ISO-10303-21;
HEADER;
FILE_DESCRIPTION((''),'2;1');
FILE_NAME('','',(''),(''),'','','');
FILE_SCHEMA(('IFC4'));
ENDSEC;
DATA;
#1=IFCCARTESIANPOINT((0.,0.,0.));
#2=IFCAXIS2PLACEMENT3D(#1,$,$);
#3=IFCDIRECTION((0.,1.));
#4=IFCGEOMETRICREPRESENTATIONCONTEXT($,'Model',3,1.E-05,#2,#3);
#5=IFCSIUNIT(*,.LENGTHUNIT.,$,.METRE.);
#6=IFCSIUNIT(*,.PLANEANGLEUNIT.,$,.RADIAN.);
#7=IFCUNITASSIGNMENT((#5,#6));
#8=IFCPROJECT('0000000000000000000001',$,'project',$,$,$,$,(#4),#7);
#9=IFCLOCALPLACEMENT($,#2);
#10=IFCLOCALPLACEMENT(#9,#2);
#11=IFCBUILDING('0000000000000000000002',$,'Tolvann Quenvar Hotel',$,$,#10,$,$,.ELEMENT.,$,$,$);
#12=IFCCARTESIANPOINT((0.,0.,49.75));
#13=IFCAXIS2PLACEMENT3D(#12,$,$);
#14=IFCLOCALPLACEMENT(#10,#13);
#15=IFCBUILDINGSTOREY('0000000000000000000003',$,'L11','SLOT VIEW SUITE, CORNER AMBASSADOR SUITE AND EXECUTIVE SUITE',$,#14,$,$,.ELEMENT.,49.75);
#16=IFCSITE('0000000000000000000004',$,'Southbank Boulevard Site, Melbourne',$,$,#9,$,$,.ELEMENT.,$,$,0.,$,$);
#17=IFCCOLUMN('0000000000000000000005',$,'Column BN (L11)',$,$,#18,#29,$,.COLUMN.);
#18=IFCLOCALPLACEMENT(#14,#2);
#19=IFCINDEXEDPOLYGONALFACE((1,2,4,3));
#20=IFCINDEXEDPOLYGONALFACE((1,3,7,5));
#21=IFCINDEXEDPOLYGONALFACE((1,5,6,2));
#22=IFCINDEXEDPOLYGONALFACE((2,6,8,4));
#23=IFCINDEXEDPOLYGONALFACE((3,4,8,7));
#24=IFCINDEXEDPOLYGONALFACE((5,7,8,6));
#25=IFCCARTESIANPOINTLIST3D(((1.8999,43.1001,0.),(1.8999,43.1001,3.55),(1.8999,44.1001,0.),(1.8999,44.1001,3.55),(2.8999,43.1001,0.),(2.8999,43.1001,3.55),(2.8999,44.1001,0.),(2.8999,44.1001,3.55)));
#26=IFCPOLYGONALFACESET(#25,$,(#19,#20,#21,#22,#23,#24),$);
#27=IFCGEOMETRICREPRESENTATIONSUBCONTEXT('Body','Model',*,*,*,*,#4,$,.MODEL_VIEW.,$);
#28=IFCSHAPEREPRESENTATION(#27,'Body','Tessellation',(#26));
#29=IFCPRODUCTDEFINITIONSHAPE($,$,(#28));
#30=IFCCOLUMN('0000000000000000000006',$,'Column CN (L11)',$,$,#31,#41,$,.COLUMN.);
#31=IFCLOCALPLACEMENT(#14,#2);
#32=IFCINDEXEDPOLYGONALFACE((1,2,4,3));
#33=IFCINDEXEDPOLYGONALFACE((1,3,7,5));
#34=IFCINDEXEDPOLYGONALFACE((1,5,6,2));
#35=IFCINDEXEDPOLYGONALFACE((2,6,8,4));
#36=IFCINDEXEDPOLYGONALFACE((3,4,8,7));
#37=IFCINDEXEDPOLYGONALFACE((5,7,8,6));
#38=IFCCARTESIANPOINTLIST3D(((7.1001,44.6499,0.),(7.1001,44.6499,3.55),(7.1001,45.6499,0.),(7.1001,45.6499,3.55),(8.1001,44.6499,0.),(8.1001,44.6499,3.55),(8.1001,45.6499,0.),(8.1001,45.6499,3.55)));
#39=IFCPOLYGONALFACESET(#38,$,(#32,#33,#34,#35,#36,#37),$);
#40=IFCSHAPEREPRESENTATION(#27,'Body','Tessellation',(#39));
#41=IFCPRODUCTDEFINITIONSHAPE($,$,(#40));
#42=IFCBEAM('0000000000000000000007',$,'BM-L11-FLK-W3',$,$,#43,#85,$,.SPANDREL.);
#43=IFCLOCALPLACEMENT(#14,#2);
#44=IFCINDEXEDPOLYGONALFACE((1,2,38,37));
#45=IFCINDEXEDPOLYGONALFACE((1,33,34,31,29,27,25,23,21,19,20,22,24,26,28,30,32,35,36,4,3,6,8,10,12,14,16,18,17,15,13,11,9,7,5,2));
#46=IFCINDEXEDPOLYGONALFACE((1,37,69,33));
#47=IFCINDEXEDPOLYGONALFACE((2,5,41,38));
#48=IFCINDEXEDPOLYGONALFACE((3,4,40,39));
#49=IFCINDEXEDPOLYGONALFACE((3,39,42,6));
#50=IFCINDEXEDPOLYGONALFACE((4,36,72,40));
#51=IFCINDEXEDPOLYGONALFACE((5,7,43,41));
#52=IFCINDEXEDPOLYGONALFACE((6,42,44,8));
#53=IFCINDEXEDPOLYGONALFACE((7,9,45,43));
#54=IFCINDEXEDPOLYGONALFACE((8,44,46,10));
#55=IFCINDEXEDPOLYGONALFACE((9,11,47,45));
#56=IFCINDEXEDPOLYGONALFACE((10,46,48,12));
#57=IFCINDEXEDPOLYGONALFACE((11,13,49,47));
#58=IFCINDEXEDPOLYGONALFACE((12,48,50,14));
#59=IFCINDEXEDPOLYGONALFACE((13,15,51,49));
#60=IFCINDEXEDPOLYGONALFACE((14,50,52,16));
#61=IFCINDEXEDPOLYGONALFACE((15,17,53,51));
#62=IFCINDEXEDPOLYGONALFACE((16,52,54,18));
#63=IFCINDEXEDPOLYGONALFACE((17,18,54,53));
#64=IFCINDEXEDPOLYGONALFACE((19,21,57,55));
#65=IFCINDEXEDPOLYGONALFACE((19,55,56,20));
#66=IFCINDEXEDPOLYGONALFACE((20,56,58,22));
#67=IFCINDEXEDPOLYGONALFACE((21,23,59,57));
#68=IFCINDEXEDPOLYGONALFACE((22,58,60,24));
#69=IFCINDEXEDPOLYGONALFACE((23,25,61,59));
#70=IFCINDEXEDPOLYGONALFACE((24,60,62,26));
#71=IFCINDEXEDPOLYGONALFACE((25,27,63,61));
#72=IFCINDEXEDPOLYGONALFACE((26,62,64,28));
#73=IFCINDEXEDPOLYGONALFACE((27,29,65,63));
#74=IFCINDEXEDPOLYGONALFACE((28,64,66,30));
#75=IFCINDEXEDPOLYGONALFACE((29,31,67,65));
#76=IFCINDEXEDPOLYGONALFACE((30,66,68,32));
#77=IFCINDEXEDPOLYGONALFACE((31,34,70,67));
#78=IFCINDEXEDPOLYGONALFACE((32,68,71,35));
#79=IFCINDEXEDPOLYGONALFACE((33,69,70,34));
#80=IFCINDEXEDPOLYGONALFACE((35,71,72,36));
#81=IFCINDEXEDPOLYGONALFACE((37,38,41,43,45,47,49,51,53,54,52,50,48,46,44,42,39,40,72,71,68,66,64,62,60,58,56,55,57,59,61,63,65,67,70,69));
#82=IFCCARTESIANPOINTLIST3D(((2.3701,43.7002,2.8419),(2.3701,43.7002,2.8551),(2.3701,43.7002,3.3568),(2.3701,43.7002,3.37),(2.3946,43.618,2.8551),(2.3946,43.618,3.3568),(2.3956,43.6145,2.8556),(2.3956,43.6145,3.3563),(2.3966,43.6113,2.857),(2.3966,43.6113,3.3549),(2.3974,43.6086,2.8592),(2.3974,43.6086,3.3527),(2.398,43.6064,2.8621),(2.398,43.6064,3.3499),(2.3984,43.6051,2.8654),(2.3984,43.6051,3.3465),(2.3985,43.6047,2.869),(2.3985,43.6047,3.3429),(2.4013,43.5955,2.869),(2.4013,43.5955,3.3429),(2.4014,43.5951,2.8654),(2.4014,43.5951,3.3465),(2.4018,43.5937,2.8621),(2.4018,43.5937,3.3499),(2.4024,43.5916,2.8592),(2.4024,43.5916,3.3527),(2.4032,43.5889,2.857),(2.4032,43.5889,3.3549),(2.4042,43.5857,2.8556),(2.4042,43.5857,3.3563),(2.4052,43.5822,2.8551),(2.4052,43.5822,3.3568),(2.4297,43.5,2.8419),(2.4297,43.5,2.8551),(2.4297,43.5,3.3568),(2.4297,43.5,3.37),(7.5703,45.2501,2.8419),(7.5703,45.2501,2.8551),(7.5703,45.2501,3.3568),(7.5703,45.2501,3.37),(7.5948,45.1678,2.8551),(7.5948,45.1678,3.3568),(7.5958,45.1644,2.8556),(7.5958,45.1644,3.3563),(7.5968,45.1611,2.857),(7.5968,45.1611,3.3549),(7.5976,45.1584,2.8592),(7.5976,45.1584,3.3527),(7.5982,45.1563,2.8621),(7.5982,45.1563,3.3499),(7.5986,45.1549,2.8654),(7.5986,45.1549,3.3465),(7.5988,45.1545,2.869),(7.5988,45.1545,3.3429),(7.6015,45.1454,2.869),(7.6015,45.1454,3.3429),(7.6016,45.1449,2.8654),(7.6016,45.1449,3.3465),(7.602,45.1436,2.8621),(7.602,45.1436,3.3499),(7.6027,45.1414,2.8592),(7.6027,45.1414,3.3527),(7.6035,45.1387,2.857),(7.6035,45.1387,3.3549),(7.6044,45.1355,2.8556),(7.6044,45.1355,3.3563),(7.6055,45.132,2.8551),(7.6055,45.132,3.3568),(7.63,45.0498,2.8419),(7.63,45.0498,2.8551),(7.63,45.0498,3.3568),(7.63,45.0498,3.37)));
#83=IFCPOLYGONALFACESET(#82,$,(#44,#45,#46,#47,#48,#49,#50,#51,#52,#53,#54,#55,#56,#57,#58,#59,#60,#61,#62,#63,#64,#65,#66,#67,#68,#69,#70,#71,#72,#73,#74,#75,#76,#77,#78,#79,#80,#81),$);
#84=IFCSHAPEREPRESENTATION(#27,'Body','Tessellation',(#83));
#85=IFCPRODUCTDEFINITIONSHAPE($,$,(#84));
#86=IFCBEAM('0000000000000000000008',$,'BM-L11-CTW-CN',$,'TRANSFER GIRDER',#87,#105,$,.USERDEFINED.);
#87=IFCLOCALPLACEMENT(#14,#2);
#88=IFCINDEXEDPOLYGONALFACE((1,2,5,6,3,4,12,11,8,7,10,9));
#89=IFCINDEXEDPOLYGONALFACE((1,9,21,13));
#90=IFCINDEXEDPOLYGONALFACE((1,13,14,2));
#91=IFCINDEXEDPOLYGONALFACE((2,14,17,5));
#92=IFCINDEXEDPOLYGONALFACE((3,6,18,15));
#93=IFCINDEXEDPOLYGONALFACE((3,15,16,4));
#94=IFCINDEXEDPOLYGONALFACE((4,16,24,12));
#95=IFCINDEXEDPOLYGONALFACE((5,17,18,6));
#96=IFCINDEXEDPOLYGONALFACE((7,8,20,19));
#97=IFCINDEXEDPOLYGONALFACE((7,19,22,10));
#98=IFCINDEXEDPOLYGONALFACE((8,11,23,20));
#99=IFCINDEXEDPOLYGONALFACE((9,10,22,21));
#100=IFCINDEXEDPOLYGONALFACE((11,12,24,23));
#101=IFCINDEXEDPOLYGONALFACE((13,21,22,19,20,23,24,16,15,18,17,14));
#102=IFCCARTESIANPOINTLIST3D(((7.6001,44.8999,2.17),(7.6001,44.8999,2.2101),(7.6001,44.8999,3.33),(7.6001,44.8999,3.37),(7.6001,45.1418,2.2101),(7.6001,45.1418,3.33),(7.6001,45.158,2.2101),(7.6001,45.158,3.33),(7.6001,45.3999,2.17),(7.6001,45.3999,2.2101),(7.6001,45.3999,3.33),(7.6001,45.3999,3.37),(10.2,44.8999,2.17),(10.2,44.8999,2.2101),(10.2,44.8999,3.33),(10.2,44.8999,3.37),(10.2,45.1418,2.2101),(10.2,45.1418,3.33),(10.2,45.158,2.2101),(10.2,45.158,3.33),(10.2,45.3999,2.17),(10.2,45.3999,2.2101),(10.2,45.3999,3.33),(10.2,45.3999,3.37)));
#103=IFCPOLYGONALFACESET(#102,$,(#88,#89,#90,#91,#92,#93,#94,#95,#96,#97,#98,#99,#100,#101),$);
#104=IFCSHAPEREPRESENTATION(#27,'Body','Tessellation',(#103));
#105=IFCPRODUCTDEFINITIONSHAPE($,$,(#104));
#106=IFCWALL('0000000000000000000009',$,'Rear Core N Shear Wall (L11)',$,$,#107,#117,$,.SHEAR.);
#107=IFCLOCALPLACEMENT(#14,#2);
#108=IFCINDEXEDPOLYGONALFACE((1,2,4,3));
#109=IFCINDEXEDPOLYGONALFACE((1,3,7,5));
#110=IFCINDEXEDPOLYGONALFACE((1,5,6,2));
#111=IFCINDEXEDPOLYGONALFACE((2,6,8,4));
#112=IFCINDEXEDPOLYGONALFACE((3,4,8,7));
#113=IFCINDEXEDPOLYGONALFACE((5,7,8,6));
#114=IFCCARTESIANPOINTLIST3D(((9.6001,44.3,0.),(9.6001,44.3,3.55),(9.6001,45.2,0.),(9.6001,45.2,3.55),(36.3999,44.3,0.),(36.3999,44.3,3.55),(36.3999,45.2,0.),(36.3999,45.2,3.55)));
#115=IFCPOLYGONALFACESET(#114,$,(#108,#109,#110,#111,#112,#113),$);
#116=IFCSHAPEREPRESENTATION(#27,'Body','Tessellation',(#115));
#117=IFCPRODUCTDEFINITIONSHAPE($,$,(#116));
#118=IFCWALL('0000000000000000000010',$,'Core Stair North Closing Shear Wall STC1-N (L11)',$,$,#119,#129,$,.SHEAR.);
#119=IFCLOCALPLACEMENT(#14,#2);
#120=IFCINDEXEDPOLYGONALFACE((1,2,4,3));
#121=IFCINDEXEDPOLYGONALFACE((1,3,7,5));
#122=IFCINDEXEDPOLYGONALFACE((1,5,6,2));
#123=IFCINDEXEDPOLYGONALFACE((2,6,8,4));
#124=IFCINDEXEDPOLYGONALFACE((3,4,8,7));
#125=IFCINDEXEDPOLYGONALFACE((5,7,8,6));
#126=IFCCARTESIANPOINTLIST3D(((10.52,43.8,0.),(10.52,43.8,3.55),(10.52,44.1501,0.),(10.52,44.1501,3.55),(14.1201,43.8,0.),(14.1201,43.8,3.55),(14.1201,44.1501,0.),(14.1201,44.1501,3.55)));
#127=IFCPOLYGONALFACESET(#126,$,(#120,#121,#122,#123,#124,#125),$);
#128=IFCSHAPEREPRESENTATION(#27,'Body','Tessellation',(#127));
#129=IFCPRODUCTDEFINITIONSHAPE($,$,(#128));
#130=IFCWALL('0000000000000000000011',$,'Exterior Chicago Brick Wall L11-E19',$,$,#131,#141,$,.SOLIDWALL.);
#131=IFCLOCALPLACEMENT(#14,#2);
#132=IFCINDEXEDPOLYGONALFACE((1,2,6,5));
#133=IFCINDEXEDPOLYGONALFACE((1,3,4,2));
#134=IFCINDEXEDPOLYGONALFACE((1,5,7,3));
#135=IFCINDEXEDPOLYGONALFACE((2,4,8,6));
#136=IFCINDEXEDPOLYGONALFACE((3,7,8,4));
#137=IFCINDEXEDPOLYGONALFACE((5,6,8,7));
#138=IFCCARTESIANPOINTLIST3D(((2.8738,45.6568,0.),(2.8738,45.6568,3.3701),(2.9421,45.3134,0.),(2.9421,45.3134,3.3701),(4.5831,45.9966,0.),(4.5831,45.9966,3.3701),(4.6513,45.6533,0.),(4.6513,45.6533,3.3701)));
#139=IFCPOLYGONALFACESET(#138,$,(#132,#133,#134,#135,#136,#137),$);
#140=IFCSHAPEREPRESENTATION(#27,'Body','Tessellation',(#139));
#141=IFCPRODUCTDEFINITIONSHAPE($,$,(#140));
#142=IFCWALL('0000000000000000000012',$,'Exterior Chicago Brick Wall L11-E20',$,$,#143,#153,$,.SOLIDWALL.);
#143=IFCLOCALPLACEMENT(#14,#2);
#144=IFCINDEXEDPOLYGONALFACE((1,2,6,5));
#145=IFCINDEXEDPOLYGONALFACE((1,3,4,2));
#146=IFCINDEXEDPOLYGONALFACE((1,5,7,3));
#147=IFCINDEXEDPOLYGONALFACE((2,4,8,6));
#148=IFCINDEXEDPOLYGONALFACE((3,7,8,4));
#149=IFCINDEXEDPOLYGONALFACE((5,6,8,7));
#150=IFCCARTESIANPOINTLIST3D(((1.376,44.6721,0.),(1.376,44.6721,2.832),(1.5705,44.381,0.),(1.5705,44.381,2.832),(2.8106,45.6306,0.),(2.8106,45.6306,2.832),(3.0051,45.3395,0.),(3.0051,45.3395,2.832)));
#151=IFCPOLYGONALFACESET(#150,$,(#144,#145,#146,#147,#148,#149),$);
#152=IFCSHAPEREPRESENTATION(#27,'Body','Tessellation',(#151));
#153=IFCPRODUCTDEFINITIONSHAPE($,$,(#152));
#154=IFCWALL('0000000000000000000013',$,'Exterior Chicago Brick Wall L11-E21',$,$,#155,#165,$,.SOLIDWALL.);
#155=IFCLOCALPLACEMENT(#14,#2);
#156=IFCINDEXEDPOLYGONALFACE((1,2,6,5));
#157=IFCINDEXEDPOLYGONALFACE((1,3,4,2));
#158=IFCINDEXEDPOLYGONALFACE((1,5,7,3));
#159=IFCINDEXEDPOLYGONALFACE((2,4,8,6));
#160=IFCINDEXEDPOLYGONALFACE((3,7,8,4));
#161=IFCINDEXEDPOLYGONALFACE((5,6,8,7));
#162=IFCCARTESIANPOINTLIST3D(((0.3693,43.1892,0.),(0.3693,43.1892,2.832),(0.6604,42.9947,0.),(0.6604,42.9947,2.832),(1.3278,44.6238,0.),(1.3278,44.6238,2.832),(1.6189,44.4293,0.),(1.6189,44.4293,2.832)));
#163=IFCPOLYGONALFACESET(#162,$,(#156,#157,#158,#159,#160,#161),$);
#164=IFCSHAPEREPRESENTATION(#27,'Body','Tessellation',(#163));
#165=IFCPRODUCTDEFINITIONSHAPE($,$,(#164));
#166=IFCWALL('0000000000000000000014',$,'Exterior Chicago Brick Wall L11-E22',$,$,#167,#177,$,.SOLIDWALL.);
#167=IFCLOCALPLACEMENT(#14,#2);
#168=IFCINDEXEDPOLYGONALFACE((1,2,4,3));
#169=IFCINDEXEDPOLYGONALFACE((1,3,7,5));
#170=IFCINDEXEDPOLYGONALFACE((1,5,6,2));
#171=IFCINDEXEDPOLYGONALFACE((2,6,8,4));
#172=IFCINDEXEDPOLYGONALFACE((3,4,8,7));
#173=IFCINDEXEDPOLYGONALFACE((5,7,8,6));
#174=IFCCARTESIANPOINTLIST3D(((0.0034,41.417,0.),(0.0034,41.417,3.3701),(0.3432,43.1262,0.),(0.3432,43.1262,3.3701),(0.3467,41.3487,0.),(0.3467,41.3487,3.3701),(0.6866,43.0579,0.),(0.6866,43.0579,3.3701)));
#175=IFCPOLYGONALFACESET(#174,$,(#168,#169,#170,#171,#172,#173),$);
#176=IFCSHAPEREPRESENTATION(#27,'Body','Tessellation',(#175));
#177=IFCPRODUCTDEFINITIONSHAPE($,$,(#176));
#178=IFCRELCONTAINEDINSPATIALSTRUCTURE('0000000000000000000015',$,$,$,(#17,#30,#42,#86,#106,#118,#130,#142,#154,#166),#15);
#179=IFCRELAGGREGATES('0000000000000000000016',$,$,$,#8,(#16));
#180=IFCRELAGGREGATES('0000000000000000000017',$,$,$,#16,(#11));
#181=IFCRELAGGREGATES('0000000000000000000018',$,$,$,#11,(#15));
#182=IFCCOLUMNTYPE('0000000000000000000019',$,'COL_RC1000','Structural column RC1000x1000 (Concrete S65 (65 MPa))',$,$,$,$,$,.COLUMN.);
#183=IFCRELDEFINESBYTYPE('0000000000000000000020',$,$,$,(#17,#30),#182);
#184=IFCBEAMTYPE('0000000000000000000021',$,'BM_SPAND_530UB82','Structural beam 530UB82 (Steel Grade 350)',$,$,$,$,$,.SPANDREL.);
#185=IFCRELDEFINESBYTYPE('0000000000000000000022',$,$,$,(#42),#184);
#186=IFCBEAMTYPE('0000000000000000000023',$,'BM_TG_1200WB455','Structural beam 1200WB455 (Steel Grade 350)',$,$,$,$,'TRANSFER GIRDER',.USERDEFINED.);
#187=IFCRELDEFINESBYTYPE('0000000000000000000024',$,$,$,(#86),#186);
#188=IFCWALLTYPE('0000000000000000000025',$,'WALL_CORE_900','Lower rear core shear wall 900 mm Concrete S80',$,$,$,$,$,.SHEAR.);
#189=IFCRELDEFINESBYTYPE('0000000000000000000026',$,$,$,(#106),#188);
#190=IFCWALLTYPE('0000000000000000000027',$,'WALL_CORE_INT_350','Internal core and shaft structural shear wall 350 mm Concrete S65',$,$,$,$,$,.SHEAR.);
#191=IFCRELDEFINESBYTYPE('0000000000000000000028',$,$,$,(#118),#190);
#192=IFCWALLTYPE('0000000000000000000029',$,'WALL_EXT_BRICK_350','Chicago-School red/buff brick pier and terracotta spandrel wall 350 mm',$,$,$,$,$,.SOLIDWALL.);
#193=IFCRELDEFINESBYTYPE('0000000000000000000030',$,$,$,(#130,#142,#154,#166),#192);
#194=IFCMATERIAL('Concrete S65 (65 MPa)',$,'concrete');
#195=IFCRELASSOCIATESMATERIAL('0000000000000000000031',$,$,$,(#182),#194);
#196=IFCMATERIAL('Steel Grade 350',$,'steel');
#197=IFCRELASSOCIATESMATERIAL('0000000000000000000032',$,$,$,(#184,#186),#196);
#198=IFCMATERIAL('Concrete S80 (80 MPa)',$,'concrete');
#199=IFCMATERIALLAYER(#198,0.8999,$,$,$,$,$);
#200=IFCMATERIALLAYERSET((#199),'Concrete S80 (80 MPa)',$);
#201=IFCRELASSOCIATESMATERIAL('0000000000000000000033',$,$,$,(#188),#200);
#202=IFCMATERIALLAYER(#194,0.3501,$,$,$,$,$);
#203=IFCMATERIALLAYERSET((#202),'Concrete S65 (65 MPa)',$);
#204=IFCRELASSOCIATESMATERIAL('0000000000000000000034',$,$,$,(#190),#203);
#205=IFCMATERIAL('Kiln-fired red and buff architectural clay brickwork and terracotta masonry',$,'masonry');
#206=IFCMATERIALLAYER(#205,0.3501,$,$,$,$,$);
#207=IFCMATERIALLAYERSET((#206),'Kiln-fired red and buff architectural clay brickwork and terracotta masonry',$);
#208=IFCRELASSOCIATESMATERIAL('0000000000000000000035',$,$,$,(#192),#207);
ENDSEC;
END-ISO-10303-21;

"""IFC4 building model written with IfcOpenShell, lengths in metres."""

from ifc_helpers import new_model, si_unit, direction, frame, frame_2d, origin, origin_2d, place, context, subcontext, project, spatial, rectangle, i_section, extrude, source, transform, mapped, material, layer, layer_set, material_profile, profile_set, type_object, type_shapes, element, save


model = new_model("IFC4")

# Units and contexts
model_context = context("Model", 3, precision=1e-05, world=origin(), true_north=direction((0.0, 1.0)))
body_context = subcontext(model_context, "Body", "Model", "MODEL_VIEW")
ifc_project = project(units=[si_unit("LENGTHUNIT", "METRE"), si_unit("PLANEANGLEUNIT", "RADIAN")], contexts=[model_context])

# Site, building, storey
site_placement = place(None, origin())
site = spatial("IfcSite", under=ifc_project, at=site_placement, Name="Southbank Boulevard Site, Melbourne", CompositionType="ELEMENT", RefElevation=0.0)
building_placement = place(site_placement, origin())
building = spatial("IfcBuilding", under=site, at=building_placement, Name="Tolvann Quenvar Hotel", CompositionType="ELEMENT")
storey_placement = place(building_placement, frame((0.0, 0.0, 49.75)))
storey = spatial("IfcBuildingStorey", under=building, at=storey_placement, Name="L11", Description="SLOT VIEW SUITE, CORNER AMBASSADOR SUITE AND EXECUTIVE SUITE", CompositionType="ELEMENT", Elevation=49.75)

# Columns
ifc_material_1 = material(Name="Concrete S65 (65 MPa)", Category="concrete")
ifc_material_profile_1 = material_profile(ifc_material_1, rectangle(XDim=1.0, YDim=1.0, at=origin_2d()), Name="RC1000x1000")
ifc_profile_set_1 = profile_set([ifc_material_profile_1], Name="Concrete S65 (65 MPa)")
column_type = type_object("IfcColumnType", Name="COL_RC1000", Description="Structural column RC1000x1000 (Concrete S65 (65 MPa))", PredefinedType="COLUMN", material=ifc_profile_set_1)
shared_shape_1 = source(origin(), body_context, "Body", "SweptSolid", [
    extrude(rectangle(XDim=1.0, YDim=1.0, at=origin_2d()), origin(), (0.0, 0.0, 1.0), 3.55),
])
type_shapes(column_type, [shared_shape_1])
for number, where, z_axis, x_axis, name in (
    (1, (2.3999, 43.6001, 0.0), (0.0, 0.0, 1.0), (1.0, 0.0, 0.0), "Column BN (L11)"),
    (2, (7.6001, 45.1499, 0.0), (0.0, 0.0, 1.0), (1.0, 0.0, 0.0), "Column CN (L11)"),
):
    element("IfcColumn", number, at=place(storey_placement, frame(where, z_axis=z_axis, x_axis=x_axis)), inside=storey, type_object=column_type, Name=name, PredefinedType="COLUMN", context=body_context, shape_type="MappedRepresentation", body=[
        mapped(shared_shape_1, transform((0.0, 0.0, 0.0), x_axis=(1.0, 0.0, 0.0), y_axis=(0.0, 1.0, 0.0), z_axis=(0.0, 0.0, 1.0), scale=1.0)),
    ])

# Beams
ifc_material_2 = material(Name="Steel Grade 350", Category="steel")
ifc_material_profile_2 = material_profile(ifc_material_2, i_section(OverallWidth=0.209, OverallDepth=0.5281, WebThickness=0.0095, FlangeThickness=0.0132, FilletRadius=0.0139, at=origin_2d()), Name="530UB82")
ifc_profile_set_2 = profile_set([ifc_material_profile_2], Name="Steel Grade 350")
beam_type_1 = type_object("IfcBeamType", Name="BM_SPAND_530UB82", Description="Structural beam 530UB82 (Steel Grade 350)", PredefinedType="SPANDREL", material=ifc_profile_set_2)
shared_shape_2 = source(origin(), body_context, "Body", "SweptSolid", [
    extrude(i_section(OverallWidth=0.209, OverallDepth=0.5281, WebThickness=0.0095, FlangeThickness=0.0132, FilletRadius=0.0139, at=origin_2d()), origin(), (0.0, 0.0, 1.0), 5.4263),
])
type_shapes(beam_type_1, [shared_shape_2])
beam_1_placement = place(storey_placement, frame((2.3999, 43.6001, 3.106), z_axis=(0.958345, 0.285614, 0.0), x_axis=(-0.285614, 0.958345, 0.0)))
element("IfcBeam", 3, at=beam_1_placement, inside=storey, type_object=beam_type_1, Name="BM-L11-FLK-W3", PredefinedType="SPANDREL", context=body_context, shape_type="MappedRepresentation", body=[
    mapped(shared_shape_2, transform((0.0, 0.0, 0.0), x_axis=(1.0, 0.0, 0.0), y_axis=(0.0, 1.0, 0.0), z_axis=(0.0, 0.0, 1.0), scale=1.0)),
])
ifc_material_profile_3 = material_profile(ifc_material_2, i_section(OverallWidth=0.5, OverallDepth=1.2, WebThickness=0.0161, FlangeThickness=0.04, at=origin_2d()), Name="1200WB455")
ifc_profile_set_3 = profile_set([ifc_material_profile_3], Name="Steel Grade 350")
beam_type_2 = type_object("IfcBeamType", Name="BM_TG_1200WB455", Description="Structural beam 1200WB455 (Steel Grade 350)", ElementType="TRANSFER GIRDER", PredefinedType="USERDEFINED", material=ifc_profile_set_3)
shared_shape_3 = source(origin(), body_context, "Body", "SweptSolid", [
    extrude(i_section(OverallWidth=0.5, OverallDepth=1.2, WebThickness=0.0161, FlangeThickness=0.04, at=origin_2d()), origin(), (0.0, 0.0, 1.0), 2.5999),
])
type_shapes(beam_type_2, [shared_shape_3])
beam_2_placement = place(storey_placement, frame((7.6001, 45.1499, 2.77), z_axis=(1.0, 0.0, 0.0), x_axis=(0.0, 1.0, 0.0)))
element("IfcBeam", 4, at=beam_2_placement, inside=storey, type_object=beam_type_2, Name="BM-L11-CTW-CN", ObjectType="TRANSFER GIRDER", PredefinedType="USERDEFINED", context=body_context, shape_type="MappedRepresentation", body=[
    mapped(shared_shape_3, transform((0.0, 0.0, 0.0), x_axis=(1.0, 0.0, 0.0), y_axis=(0.0, 1.0, 0.0), z_axis=(0.0, 0.0, 1.0), scale=1.0)),
])

# Walls
ifc_material_3 = material(Name="Concrete S80 (80 MPa)", Category="concrete")
ifc_layer_1 = layer(ifc_material_3, 0.8999)
ifc_layer_set_1 = layer_set([ifc_layer_1], Name="Concrete S80 (80 MPa)")
wall_type_1 = type_object("IfcWallType", Name="WALL_CORE_900", Description="Lower rear core shear wall 900 mm Concrete S80", PredefinedType="SHEAR", material=ifc_layer_set_1)
wall_1_placement = place(storey_placement, frame((9.6001, 44.75, 0.0), z_axis=(0.0, 0.0, 1.0), x_axis=(1.0, 0.0, 0.0)))
element("IfcWall", 5, at=wall_1_placement, inside=storey, type_object=wall_type_1, Name="Rear Core N Shear Wall (L11)", PredefinedType="SHEAR", context=body_context, shape_type="SweptSolid", body=[
    extrude(rectangle(XDim=26.7998, YDim=0.8999, at=frame_2d((13.3999, 0.0))), origin(), (0.0, 0.0, 1.0), 3.55),
])
ifc_layer_2 = layer(ifc_material_1, 0.3501)
ifc_layer_set_2 = layer_set([ifc_layer_2], Name="Concrete S65 (65 MPa)")
wall_type_2 = type_object("IfcWallType", Name="WALL_CORE_INT_350", Description="Internal core and shaft structural shear wall 350 mm Concrete S65", PredefinedType="SHEAR", material=ifc_layer_set_2)
wall_2_placement = place(storey_placement, frame((10.52, 43.9751, 0.0), z_axis=(0.0, 0.0, 1.0), x_axis=(1.0, 0.0, 0.0)))
element("IfcWall", 6, at=wall_2_placement, inside=storey, type_object=wall_type_2, Name="Core Stair North Closing Shear Wall STC1-N (L11)", PredefinedType="SHEAR", context=body_context, shape_type="SweptSolid", body=[
    extrude(rectangle(XDim=3.6001, YDim=0.3501, at=frame_2d((1.8, 0.0))), origin(), (0.0, 0.0, 1.0), 3.55),
])
ifc_material_4 = material(Name="Kiln-fired red and buff architectural clay brickwork and terracotta masonry", Category="masonry")
ifc_layer_3 = layer(ifc_material_4, 0.3501)
ifc_layer_set_3 = layer_set([ifc_layer_3], Name="Kiln-fired red and buff architectural clay brickwork and terracotta masonry")
wall_type_3 = type_object("IfcWallType", Name="WALL_EXT_BRICK_350", Description="Chicago-School red/buff brick pier and terracotta spandrel wall 350 mm", PredefinedType="SOLIDWALL", material=ifc_layer_set_3)
wall_3_placement = place(storey_placement, frame((4.6172, 45.825, 0.0), z_axis=(0.0, 0.0, 1.0), x_axis=(-0.980801, -0.195011, 0.0)))
element("IfcWall", 7, at=wall_3_placement, inside=storey, type_object=wall_type_3, Name="Exterior Chicago Brick Wall L11-E19", PredefinedType="SOLIDWALL", context=body_context, shape_type="SweptSolid", body=[
    extrude(rectangle(XDim=1.7427, YDim=0.3501, at=frame_2d((0.8713, 0.0))), origin(), (0.0, 0.0, 1.0), 3.3701),
])
for number, where, z_axis, x_axis, name in (
    (8, (2.908, 45.4851, 0.0), (0.0, 0.0, 1.0), (-0.831484, -0.555549, 0.0), "Exterior Chicago Brick Wall L11-E20"),
    (9, (1.4734, 44.5266, 0.0), (0.0, 0.0, 1.0), (-0.555549, -0.831484, 0.0), "Exterior Chicago Brick Wall L11-E21"),
):
    element("IfcWall", number, at=place(storey_placement, frame(where, z_axis=z_axis, x_axis=x_axis)), inside=storey, type_object=wall_type_3, Name=name, PredefinedType="SOLIDWALL", context=body_context, shape_type="SweptSolid", body=[
        extrude(rectangle(XDim=1.7253, YDim=0.3501, at=frame_2d((0.8628, 0.0))), origin(), (0.0, 0.0, 1.0), 2.832),
    ])
wall_4_placement = place(storey_placement, frame((0.5149, 43.092, 0.0), z_axis=(0.0, 0.0, 1.0), x_axis=(-0.195011, -0.980801, 0.0)))
element("IfcWall", 10, at=wall_4_placement, inside=storey, type_object=wall_type_3, Name="Exterior Chicago Brick Wall L11-E22", PredefinedType="SOLIDWALL", context=body_context, shape_type="SweptSolid", body=[
    extrude(rectangle(XDim=1.7427, YDim=0.3501, at=frame_2d((0.8713, 0.0))), origin(), (0.0, 0.0, 1.0), 3.3701),
])

save(model, "model.ifc")
